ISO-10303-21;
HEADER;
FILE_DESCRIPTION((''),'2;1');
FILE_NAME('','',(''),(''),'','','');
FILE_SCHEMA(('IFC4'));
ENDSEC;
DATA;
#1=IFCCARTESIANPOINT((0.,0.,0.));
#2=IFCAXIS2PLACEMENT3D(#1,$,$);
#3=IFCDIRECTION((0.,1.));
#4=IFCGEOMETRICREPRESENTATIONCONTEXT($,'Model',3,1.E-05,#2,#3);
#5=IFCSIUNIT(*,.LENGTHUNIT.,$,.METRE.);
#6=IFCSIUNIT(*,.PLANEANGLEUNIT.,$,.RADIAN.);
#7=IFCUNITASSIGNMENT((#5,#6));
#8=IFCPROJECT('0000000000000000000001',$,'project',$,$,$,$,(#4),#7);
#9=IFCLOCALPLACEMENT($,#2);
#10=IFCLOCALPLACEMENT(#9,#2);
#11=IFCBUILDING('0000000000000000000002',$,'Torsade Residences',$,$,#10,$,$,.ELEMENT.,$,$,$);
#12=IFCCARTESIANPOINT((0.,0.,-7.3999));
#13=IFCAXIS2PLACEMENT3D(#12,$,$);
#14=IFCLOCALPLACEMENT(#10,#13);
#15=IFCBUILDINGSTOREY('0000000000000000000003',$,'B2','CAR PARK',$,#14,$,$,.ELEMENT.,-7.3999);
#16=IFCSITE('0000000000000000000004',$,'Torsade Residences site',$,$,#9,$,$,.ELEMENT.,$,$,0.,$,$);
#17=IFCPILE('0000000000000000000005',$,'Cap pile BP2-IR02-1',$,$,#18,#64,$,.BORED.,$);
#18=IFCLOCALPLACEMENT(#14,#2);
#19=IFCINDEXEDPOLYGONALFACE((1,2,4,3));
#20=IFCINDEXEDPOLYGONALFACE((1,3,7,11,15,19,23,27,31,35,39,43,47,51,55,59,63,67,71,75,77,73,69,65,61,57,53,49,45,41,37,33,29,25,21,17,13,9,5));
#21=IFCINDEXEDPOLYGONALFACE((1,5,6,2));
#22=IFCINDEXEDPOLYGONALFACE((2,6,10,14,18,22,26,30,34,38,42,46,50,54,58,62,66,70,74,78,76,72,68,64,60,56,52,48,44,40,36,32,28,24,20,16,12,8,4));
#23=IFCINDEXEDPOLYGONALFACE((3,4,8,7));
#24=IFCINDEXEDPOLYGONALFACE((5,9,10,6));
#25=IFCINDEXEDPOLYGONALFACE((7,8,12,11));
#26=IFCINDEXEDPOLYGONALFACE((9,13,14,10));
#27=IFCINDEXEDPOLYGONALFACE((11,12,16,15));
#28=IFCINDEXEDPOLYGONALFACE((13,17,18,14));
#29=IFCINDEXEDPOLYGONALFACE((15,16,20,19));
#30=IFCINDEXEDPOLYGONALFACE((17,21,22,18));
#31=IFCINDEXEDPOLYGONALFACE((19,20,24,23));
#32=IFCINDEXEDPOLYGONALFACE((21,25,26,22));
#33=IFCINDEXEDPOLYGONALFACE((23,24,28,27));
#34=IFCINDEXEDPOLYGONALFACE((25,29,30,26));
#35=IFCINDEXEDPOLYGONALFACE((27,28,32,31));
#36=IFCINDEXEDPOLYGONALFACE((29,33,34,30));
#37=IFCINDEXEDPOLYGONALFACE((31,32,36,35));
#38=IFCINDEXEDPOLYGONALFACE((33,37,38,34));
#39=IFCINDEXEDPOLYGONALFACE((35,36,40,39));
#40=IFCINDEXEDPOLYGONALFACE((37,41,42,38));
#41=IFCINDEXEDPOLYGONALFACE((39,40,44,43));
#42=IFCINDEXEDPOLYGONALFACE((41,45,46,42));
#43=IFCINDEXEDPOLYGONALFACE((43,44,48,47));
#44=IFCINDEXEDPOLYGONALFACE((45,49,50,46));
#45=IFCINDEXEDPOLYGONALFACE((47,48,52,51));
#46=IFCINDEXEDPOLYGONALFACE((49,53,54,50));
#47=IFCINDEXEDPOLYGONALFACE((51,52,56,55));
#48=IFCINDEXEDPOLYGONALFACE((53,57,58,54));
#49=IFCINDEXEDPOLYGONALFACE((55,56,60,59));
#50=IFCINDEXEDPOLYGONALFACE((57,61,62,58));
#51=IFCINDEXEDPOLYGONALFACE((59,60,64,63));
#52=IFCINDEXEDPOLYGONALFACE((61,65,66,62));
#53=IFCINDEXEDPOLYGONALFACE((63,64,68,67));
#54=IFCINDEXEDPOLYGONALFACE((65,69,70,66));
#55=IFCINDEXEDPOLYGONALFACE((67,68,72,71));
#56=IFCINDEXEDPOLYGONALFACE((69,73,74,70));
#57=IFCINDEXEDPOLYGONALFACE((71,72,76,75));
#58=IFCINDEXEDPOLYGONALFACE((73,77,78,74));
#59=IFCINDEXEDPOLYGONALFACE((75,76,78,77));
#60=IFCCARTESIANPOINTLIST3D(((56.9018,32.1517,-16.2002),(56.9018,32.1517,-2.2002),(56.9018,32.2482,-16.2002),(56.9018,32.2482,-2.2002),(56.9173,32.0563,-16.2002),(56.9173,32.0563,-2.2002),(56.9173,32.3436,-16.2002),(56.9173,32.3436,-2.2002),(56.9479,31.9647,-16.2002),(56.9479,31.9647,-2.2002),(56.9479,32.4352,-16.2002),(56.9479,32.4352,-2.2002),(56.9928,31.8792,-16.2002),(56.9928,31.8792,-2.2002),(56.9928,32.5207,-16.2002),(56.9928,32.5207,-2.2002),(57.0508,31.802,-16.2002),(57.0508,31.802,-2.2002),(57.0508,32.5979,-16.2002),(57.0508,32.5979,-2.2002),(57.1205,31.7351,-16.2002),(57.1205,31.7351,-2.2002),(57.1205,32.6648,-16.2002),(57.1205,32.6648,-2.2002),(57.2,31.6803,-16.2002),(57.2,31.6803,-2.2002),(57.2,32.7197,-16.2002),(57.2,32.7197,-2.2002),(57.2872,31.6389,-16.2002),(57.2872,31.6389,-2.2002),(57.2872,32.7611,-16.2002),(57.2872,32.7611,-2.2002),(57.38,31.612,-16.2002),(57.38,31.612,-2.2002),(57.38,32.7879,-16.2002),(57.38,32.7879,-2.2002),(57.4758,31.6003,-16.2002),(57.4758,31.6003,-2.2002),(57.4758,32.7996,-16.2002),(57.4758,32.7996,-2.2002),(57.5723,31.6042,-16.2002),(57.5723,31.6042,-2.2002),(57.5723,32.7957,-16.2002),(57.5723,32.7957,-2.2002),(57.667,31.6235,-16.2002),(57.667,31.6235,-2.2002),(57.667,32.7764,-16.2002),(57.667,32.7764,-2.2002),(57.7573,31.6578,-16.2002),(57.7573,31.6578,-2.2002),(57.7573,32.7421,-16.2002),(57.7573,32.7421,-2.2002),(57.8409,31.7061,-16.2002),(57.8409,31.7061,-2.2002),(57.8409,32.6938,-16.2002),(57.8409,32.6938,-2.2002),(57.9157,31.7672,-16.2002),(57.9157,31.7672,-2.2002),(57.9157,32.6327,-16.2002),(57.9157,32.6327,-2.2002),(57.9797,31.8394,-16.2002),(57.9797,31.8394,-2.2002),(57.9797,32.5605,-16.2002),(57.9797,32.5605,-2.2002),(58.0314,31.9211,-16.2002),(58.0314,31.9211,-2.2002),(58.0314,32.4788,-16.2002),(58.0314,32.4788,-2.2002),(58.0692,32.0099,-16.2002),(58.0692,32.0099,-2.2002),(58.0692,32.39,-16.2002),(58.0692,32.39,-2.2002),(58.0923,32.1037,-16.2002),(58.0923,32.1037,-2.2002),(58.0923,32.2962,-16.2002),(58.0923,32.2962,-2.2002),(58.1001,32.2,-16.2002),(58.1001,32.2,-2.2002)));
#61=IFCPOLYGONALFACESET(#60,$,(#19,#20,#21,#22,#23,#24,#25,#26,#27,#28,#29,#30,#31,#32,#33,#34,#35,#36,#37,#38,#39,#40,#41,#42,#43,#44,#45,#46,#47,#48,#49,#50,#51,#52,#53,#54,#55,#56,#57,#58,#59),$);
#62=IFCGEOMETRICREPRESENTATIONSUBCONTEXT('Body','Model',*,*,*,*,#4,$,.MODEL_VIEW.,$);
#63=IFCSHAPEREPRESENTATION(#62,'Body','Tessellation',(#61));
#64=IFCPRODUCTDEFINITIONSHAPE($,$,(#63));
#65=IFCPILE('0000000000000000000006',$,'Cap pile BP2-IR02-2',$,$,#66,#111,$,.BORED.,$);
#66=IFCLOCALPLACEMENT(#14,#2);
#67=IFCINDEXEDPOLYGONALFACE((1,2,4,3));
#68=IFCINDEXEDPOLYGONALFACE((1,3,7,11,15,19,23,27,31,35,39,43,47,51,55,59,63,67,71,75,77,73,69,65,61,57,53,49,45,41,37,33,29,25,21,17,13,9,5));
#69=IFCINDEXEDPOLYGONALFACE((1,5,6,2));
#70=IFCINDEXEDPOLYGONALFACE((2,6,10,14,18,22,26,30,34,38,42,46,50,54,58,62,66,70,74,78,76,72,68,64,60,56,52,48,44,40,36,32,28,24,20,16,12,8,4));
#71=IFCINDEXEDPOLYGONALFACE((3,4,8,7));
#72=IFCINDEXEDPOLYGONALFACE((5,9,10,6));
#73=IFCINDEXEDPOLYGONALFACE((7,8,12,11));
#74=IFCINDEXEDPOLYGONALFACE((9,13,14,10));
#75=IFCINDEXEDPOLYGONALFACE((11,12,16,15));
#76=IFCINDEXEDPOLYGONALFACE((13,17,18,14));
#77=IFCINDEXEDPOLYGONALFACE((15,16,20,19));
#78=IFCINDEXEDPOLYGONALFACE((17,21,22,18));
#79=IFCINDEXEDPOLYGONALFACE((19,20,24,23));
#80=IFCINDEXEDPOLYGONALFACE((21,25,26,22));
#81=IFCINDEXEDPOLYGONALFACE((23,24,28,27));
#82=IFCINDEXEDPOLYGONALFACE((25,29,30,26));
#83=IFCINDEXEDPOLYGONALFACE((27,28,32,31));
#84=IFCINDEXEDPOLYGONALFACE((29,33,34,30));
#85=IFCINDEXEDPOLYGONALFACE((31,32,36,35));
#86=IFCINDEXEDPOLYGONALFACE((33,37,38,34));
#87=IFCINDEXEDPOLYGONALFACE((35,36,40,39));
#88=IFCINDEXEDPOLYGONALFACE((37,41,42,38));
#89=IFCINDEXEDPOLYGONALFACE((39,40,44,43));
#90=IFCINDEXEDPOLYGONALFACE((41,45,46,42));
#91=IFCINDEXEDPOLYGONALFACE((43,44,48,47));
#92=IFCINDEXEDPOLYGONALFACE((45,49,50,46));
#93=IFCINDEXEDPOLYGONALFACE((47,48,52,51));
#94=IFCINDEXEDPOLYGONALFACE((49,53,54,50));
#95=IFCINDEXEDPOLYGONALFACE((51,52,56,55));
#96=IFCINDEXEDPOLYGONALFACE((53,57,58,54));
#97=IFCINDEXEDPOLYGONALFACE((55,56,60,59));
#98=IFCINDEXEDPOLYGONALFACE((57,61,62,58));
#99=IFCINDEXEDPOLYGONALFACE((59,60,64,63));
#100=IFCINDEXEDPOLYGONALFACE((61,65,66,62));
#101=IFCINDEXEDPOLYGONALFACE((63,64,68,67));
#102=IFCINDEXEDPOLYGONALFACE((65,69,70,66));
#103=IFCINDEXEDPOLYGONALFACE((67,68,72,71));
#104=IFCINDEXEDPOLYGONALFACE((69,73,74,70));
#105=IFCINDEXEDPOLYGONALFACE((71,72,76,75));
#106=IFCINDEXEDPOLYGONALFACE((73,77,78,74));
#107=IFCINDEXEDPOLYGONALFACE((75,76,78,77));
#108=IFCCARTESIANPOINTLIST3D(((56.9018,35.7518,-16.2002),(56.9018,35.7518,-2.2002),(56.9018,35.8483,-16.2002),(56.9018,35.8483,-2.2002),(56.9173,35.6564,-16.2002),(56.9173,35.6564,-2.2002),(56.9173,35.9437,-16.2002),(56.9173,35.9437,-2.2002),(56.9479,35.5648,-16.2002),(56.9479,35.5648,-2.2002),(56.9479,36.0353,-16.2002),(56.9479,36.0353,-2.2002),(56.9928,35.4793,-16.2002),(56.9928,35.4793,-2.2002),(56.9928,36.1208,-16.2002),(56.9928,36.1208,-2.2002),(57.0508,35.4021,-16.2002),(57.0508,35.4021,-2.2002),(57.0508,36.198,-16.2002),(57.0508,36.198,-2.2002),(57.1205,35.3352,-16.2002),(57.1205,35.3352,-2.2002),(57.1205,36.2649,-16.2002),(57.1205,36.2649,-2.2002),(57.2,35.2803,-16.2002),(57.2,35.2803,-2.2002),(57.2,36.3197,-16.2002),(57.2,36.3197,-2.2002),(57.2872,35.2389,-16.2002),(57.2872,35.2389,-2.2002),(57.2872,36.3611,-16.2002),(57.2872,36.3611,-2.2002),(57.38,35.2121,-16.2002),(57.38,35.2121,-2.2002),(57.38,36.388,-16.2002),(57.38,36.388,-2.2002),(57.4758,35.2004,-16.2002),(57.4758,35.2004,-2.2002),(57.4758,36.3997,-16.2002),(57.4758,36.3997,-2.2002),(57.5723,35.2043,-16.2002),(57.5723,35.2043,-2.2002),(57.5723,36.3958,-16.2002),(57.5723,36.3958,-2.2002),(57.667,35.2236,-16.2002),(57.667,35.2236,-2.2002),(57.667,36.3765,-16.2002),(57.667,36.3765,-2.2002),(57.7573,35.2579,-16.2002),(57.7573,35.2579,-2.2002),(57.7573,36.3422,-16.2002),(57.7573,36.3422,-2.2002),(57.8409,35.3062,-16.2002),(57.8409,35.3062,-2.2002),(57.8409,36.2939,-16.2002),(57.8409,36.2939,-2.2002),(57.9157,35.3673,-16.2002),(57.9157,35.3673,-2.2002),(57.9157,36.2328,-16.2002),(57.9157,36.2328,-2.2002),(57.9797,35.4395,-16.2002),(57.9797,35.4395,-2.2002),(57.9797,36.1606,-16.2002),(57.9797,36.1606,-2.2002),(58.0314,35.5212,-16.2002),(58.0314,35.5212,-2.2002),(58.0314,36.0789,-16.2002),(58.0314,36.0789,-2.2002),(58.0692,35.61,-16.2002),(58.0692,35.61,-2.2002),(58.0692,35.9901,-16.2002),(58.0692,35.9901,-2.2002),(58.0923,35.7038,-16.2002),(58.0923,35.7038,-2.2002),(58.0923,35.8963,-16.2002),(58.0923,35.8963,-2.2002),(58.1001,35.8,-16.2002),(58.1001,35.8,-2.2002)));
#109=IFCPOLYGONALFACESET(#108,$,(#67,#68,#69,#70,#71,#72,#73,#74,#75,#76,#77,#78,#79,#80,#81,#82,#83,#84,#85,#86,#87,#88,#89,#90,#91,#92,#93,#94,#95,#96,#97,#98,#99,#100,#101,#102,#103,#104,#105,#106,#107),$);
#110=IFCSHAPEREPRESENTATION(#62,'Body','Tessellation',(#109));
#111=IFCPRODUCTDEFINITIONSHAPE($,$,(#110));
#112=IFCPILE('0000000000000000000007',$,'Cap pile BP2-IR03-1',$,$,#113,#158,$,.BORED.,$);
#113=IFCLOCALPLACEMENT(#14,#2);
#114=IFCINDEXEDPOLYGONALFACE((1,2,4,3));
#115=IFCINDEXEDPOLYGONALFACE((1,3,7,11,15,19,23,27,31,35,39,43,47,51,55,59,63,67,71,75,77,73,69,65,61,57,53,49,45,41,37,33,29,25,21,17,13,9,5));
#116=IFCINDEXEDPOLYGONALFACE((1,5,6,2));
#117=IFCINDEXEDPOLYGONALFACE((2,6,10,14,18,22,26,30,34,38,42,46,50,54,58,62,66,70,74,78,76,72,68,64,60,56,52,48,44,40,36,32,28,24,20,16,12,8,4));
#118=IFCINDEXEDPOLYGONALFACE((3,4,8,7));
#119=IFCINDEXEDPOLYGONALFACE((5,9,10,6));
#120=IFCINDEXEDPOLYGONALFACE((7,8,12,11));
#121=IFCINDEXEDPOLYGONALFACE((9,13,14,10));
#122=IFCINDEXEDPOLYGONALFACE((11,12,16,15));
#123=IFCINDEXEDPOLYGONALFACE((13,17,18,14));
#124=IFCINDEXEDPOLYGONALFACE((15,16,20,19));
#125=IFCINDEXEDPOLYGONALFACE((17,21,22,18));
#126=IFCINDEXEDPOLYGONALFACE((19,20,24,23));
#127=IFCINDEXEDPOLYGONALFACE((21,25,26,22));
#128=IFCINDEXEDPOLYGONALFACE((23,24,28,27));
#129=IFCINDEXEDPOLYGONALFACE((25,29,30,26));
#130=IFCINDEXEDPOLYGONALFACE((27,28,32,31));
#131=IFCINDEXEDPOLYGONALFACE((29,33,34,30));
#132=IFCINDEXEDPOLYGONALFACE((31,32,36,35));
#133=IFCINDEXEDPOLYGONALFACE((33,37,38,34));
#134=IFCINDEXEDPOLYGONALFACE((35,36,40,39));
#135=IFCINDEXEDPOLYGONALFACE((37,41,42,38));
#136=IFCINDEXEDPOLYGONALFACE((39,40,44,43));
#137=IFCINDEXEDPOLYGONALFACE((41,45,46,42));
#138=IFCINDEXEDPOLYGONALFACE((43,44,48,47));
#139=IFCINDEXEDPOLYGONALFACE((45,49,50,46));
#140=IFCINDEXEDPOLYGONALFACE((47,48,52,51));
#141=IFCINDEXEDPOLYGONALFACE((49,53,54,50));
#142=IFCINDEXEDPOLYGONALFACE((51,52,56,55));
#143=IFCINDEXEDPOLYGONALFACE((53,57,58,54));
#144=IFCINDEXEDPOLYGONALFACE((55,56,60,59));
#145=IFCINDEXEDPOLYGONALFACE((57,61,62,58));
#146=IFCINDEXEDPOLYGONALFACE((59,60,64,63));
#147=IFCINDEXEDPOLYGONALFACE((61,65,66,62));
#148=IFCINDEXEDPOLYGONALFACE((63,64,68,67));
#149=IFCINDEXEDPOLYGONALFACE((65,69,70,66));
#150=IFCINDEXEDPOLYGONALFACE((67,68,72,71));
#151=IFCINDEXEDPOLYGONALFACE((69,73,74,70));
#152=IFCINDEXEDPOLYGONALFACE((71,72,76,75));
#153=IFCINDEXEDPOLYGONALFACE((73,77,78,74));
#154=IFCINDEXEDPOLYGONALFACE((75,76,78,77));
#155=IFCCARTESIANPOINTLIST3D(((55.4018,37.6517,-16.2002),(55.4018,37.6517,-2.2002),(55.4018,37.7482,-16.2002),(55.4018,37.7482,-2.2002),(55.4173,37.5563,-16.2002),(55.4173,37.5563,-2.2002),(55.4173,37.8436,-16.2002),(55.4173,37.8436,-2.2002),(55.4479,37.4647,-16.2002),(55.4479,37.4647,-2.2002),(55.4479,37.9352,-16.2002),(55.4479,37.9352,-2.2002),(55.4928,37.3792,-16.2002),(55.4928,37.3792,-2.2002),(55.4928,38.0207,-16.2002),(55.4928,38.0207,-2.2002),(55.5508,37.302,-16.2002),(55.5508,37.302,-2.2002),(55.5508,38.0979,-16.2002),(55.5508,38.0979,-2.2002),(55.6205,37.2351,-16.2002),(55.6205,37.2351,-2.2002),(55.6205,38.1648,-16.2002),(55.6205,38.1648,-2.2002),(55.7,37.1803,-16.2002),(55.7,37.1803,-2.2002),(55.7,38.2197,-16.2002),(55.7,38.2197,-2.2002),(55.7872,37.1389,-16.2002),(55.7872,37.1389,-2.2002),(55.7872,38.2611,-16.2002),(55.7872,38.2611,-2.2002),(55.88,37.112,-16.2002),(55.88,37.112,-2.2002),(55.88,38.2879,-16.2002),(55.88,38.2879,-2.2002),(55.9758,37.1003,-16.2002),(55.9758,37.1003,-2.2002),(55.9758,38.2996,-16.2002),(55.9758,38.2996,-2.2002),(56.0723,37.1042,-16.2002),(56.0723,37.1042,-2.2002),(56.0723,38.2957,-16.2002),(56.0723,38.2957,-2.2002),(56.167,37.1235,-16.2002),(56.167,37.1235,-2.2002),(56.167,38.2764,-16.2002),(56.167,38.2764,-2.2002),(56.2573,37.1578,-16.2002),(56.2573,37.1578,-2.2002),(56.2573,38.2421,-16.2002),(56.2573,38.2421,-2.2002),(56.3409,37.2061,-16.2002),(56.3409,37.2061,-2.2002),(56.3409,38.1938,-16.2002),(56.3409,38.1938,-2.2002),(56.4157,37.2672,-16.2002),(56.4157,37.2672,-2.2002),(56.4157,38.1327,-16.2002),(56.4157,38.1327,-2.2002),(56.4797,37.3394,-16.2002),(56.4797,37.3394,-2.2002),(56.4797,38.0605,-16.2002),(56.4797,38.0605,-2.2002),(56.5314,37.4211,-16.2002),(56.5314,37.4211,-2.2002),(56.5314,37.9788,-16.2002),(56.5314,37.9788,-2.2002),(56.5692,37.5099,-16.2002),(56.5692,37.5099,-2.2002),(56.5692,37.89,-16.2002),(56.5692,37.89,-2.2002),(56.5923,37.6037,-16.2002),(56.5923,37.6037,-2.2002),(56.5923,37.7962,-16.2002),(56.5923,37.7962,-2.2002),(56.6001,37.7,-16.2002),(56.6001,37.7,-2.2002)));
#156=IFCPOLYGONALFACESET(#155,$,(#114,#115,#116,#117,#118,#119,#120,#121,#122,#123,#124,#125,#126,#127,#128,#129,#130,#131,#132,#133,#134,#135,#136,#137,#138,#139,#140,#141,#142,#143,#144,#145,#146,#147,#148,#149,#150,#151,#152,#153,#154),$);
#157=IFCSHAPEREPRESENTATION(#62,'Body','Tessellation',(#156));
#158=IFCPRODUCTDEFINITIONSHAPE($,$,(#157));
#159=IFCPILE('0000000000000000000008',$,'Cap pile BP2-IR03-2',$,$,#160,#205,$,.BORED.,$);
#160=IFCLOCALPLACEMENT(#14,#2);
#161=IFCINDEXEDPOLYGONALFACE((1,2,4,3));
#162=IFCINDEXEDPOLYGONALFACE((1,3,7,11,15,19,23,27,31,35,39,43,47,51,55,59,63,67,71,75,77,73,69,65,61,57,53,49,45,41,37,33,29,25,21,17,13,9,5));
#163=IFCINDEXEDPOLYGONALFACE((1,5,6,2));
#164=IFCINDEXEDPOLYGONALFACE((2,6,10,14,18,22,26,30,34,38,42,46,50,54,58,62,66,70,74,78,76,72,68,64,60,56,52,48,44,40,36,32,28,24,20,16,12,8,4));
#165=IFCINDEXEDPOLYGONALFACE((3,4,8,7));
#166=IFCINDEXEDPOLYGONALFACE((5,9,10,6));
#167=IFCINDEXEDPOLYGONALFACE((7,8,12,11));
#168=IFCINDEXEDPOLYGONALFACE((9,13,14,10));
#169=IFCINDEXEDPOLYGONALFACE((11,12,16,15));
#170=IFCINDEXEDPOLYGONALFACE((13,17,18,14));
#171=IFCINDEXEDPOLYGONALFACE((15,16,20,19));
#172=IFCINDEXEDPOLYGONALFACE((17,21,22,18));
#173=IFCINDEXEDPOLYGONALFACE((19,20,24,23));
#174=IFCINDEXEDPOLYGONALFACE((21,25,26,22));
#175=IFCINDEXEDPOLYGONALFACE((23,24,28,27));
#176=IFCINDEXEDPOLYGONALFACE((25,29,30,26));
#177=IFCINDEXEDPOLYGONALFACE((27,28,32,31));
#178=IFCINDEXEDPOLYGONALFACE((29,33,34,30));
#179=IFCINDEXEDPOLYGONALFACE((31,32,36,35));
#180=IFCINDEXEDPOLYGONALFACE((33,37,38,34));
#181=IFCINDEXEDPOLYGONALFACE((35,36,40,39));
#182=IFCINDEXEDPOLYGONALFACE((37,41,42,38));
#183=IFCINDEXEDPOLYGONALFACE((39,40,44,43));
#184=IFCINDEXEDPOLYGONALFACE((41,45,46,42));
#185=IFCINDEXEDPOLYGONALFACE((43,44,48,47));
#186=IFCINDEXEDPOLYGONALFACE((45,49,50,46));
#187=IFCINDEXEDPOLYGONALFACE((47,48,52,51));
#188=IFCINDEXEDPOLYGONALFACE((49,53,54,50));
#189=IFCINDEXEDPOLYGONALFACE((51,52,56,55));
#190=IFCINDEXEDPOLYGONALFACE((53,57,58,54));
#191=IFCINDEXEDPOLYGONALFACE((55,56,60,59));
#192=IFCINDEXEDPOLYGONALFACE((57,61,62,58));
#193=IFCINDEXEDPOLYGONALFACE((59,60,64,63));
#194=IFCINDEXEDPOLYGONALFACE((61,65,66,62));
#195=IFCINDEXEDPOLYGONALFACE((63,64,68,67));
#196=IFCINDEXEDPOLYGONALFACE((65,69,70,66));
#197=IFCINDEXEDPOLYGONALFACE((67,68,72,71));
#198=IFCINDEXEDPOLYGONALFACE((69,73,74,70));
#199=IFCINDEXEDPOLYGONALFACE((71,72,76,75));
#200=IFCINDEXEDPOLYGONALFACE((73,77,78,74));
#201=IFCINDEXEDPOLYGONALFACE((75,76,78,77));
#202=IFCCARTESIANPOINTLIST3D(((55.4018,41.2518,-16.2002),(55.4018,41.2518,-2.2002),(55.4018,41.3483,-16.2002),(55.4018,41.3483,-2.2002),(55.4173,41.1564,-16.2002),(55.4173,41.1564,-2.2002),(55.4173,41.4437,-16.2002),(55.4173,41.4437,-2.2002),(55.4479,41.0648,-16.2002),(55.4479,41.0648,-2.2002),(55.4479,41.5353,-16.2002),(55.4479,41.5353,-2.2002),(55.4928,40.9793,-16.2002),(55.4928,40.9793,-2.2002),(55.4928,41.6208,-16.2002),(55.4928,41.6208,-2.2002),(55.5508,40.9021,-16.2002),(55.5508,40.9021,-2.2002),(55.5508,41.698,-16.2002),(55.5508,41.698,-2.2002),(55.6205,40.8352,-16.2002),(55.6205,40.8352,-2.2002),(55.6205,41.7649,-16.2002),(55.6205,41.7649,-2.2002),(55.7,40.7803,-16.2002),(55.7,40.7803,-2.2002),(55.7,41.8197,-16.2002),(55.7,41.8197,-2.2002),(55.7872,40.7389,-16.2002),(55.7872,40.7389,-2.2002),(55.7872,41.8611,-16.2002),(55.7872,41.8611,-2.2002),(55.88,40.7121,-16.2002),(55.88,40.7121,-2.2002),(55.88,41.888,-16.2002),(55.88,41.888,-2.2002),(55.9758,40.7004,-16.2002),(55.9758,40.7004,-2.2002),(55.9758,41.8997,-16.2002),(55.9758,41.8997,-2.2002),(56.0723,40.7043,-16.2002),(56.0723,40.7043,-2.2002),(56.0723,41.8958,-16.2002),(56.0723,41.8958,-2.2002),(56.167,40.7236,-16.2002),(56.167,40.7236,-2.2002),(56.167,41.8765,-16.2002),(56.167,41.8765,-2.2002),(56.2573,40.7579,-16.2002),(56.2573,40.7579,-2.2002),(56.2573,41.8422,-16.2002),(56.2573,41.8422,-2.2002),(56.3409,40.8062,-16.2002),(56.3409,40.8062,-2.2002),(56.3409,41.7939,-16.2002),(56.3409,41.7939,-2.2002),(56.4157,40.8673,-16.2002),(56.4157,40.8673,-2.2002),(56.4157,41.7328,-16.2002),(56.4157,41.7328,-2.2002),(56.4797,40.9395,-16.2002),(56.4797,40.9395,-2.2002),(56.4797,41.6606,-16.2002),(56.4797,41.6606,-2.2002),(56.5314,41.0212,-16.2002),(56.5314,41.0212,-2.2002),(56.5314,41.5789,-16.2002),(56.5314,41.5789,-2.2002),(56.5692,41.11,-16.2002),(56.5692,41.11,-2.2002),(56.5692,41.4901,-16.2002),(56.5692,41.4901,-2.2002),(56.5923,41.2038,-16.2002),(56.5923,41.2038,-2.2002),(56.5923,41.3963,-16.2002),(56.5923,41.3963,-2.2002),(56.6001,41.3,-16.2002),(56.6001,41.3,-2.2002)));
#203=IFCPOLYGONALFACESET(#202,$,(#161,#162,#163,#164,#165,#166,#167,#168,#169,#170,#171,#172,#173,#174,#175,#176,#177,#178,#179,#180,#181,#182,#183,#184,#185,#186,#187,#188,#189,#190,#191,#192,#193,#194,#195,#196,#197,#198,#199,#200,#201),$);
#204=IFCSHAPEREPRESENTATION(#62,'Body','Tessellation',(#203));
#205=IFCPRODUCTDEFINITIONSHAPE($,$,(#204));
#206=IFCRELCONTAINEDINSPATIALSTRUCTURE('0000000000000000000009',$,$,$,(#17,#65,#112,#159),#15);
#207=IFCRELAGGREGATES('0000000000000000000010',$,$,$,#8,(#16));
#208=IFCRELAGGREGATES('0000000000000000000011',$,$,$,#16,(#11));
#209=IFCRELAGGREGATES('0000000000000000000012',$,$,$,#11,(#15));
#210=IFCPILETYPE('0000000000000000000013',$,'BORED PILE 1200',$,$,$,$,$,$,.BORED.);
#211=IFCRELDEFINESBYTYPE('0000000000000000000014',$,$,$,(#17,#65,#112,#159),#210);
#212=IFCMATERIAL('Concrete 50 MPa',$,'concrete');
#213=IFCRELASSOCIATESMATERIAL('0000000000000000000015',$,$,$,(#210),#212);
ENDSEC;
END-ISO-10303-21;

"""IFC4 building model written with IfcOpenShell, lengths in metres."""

from ifc_helpers import new_model, si_unit, direction, frame, origin, origin_2d, place, context, subcontext, project, spatial, circle, extrude, material, type_object, element, save


model = new_model("IFC4")

# Units and contexts
model_context = context("Model", 3, precision=1e-05, world=origin(), true_north=direction((0.0, 1.0)))
body_context = subcontext(model_context, "Body", "Model", "MODEL_VIEW")
ifc_project = project(units=[si_unit("LENGTHUNIT", "METRE"), si_unit("PLANEANGLEUNIT", "RADIAN")], contexts=[model_context])

# Site, building, storey
site_placement = place(None, origin())
site = spatial("IfcSite", under=ifc_project, at=site_placement, Name="Torsade Residences site", CompositionType="ELEMENT", RefElevation=0.0)
building_placement = place(site_placement, origin())
building = spatial("IfcBuilding", under=site, at=building_placement, Name="Torsade Residences", CompositionType="ELEMENT")
storey_placement = place(building_placement, frame((0.0, 0.0, -7.3999)))
storey = spatial("IfcBuildingStorey", under=building, at=storey_placement, Name="B2", Description="CAR PARK", CompositionType="ELEMENT", Elevation=-7.3999)

# Piles
ifc_material_1 = material(Name="Concrete 50 MPa", Category="concrete")
pile_type_1 = type_object("IfcPileType", Name="BORED PILE 1200", PredefinedType="BORED", material=ifc_material_1)
for number, where, z_axis, x_axis, name in (
    (1, (57.5, 32.2, -2.2002), (0.0, 0.0, -1.0), (1.0, 0.0, 0.0), "Cap pile BP2-IR02-1"),
    (2, (57.5, 35.8, -2.2002), (0.0, 0.0, -1.0), (1.0, 0.0, 0.0), "Cap pile BP2-IR02-2"),
    (3, (56.0, 37.7, -2.2002), (0.0, 0.0, -1.0), (1.0, 0.0, 0.0), "Cap pile BP2-IR03-1"),
    (4, (56.0, 41.3, -2.2002), (0.0, 0.0, -1.0), (1.0, 0.0, 0.0), "Cap pile BP2-IR03-2"),
):
    element("IfcPile", number, at=place(storey_placement, frame(where, z_axis=z_axis, x_axis=x_axis)), inside=storey, type_object=pile_type_1, Name=name, PredefinedType="BORED", context=body_context, shape_type="SweptSolid", body=[
        extrude(circle(Radius=0.6001, at=origin_2d()), origin(), (0.0, 0.0, 1.0), 14.0),
    ])

save(model, "model.ifc")
